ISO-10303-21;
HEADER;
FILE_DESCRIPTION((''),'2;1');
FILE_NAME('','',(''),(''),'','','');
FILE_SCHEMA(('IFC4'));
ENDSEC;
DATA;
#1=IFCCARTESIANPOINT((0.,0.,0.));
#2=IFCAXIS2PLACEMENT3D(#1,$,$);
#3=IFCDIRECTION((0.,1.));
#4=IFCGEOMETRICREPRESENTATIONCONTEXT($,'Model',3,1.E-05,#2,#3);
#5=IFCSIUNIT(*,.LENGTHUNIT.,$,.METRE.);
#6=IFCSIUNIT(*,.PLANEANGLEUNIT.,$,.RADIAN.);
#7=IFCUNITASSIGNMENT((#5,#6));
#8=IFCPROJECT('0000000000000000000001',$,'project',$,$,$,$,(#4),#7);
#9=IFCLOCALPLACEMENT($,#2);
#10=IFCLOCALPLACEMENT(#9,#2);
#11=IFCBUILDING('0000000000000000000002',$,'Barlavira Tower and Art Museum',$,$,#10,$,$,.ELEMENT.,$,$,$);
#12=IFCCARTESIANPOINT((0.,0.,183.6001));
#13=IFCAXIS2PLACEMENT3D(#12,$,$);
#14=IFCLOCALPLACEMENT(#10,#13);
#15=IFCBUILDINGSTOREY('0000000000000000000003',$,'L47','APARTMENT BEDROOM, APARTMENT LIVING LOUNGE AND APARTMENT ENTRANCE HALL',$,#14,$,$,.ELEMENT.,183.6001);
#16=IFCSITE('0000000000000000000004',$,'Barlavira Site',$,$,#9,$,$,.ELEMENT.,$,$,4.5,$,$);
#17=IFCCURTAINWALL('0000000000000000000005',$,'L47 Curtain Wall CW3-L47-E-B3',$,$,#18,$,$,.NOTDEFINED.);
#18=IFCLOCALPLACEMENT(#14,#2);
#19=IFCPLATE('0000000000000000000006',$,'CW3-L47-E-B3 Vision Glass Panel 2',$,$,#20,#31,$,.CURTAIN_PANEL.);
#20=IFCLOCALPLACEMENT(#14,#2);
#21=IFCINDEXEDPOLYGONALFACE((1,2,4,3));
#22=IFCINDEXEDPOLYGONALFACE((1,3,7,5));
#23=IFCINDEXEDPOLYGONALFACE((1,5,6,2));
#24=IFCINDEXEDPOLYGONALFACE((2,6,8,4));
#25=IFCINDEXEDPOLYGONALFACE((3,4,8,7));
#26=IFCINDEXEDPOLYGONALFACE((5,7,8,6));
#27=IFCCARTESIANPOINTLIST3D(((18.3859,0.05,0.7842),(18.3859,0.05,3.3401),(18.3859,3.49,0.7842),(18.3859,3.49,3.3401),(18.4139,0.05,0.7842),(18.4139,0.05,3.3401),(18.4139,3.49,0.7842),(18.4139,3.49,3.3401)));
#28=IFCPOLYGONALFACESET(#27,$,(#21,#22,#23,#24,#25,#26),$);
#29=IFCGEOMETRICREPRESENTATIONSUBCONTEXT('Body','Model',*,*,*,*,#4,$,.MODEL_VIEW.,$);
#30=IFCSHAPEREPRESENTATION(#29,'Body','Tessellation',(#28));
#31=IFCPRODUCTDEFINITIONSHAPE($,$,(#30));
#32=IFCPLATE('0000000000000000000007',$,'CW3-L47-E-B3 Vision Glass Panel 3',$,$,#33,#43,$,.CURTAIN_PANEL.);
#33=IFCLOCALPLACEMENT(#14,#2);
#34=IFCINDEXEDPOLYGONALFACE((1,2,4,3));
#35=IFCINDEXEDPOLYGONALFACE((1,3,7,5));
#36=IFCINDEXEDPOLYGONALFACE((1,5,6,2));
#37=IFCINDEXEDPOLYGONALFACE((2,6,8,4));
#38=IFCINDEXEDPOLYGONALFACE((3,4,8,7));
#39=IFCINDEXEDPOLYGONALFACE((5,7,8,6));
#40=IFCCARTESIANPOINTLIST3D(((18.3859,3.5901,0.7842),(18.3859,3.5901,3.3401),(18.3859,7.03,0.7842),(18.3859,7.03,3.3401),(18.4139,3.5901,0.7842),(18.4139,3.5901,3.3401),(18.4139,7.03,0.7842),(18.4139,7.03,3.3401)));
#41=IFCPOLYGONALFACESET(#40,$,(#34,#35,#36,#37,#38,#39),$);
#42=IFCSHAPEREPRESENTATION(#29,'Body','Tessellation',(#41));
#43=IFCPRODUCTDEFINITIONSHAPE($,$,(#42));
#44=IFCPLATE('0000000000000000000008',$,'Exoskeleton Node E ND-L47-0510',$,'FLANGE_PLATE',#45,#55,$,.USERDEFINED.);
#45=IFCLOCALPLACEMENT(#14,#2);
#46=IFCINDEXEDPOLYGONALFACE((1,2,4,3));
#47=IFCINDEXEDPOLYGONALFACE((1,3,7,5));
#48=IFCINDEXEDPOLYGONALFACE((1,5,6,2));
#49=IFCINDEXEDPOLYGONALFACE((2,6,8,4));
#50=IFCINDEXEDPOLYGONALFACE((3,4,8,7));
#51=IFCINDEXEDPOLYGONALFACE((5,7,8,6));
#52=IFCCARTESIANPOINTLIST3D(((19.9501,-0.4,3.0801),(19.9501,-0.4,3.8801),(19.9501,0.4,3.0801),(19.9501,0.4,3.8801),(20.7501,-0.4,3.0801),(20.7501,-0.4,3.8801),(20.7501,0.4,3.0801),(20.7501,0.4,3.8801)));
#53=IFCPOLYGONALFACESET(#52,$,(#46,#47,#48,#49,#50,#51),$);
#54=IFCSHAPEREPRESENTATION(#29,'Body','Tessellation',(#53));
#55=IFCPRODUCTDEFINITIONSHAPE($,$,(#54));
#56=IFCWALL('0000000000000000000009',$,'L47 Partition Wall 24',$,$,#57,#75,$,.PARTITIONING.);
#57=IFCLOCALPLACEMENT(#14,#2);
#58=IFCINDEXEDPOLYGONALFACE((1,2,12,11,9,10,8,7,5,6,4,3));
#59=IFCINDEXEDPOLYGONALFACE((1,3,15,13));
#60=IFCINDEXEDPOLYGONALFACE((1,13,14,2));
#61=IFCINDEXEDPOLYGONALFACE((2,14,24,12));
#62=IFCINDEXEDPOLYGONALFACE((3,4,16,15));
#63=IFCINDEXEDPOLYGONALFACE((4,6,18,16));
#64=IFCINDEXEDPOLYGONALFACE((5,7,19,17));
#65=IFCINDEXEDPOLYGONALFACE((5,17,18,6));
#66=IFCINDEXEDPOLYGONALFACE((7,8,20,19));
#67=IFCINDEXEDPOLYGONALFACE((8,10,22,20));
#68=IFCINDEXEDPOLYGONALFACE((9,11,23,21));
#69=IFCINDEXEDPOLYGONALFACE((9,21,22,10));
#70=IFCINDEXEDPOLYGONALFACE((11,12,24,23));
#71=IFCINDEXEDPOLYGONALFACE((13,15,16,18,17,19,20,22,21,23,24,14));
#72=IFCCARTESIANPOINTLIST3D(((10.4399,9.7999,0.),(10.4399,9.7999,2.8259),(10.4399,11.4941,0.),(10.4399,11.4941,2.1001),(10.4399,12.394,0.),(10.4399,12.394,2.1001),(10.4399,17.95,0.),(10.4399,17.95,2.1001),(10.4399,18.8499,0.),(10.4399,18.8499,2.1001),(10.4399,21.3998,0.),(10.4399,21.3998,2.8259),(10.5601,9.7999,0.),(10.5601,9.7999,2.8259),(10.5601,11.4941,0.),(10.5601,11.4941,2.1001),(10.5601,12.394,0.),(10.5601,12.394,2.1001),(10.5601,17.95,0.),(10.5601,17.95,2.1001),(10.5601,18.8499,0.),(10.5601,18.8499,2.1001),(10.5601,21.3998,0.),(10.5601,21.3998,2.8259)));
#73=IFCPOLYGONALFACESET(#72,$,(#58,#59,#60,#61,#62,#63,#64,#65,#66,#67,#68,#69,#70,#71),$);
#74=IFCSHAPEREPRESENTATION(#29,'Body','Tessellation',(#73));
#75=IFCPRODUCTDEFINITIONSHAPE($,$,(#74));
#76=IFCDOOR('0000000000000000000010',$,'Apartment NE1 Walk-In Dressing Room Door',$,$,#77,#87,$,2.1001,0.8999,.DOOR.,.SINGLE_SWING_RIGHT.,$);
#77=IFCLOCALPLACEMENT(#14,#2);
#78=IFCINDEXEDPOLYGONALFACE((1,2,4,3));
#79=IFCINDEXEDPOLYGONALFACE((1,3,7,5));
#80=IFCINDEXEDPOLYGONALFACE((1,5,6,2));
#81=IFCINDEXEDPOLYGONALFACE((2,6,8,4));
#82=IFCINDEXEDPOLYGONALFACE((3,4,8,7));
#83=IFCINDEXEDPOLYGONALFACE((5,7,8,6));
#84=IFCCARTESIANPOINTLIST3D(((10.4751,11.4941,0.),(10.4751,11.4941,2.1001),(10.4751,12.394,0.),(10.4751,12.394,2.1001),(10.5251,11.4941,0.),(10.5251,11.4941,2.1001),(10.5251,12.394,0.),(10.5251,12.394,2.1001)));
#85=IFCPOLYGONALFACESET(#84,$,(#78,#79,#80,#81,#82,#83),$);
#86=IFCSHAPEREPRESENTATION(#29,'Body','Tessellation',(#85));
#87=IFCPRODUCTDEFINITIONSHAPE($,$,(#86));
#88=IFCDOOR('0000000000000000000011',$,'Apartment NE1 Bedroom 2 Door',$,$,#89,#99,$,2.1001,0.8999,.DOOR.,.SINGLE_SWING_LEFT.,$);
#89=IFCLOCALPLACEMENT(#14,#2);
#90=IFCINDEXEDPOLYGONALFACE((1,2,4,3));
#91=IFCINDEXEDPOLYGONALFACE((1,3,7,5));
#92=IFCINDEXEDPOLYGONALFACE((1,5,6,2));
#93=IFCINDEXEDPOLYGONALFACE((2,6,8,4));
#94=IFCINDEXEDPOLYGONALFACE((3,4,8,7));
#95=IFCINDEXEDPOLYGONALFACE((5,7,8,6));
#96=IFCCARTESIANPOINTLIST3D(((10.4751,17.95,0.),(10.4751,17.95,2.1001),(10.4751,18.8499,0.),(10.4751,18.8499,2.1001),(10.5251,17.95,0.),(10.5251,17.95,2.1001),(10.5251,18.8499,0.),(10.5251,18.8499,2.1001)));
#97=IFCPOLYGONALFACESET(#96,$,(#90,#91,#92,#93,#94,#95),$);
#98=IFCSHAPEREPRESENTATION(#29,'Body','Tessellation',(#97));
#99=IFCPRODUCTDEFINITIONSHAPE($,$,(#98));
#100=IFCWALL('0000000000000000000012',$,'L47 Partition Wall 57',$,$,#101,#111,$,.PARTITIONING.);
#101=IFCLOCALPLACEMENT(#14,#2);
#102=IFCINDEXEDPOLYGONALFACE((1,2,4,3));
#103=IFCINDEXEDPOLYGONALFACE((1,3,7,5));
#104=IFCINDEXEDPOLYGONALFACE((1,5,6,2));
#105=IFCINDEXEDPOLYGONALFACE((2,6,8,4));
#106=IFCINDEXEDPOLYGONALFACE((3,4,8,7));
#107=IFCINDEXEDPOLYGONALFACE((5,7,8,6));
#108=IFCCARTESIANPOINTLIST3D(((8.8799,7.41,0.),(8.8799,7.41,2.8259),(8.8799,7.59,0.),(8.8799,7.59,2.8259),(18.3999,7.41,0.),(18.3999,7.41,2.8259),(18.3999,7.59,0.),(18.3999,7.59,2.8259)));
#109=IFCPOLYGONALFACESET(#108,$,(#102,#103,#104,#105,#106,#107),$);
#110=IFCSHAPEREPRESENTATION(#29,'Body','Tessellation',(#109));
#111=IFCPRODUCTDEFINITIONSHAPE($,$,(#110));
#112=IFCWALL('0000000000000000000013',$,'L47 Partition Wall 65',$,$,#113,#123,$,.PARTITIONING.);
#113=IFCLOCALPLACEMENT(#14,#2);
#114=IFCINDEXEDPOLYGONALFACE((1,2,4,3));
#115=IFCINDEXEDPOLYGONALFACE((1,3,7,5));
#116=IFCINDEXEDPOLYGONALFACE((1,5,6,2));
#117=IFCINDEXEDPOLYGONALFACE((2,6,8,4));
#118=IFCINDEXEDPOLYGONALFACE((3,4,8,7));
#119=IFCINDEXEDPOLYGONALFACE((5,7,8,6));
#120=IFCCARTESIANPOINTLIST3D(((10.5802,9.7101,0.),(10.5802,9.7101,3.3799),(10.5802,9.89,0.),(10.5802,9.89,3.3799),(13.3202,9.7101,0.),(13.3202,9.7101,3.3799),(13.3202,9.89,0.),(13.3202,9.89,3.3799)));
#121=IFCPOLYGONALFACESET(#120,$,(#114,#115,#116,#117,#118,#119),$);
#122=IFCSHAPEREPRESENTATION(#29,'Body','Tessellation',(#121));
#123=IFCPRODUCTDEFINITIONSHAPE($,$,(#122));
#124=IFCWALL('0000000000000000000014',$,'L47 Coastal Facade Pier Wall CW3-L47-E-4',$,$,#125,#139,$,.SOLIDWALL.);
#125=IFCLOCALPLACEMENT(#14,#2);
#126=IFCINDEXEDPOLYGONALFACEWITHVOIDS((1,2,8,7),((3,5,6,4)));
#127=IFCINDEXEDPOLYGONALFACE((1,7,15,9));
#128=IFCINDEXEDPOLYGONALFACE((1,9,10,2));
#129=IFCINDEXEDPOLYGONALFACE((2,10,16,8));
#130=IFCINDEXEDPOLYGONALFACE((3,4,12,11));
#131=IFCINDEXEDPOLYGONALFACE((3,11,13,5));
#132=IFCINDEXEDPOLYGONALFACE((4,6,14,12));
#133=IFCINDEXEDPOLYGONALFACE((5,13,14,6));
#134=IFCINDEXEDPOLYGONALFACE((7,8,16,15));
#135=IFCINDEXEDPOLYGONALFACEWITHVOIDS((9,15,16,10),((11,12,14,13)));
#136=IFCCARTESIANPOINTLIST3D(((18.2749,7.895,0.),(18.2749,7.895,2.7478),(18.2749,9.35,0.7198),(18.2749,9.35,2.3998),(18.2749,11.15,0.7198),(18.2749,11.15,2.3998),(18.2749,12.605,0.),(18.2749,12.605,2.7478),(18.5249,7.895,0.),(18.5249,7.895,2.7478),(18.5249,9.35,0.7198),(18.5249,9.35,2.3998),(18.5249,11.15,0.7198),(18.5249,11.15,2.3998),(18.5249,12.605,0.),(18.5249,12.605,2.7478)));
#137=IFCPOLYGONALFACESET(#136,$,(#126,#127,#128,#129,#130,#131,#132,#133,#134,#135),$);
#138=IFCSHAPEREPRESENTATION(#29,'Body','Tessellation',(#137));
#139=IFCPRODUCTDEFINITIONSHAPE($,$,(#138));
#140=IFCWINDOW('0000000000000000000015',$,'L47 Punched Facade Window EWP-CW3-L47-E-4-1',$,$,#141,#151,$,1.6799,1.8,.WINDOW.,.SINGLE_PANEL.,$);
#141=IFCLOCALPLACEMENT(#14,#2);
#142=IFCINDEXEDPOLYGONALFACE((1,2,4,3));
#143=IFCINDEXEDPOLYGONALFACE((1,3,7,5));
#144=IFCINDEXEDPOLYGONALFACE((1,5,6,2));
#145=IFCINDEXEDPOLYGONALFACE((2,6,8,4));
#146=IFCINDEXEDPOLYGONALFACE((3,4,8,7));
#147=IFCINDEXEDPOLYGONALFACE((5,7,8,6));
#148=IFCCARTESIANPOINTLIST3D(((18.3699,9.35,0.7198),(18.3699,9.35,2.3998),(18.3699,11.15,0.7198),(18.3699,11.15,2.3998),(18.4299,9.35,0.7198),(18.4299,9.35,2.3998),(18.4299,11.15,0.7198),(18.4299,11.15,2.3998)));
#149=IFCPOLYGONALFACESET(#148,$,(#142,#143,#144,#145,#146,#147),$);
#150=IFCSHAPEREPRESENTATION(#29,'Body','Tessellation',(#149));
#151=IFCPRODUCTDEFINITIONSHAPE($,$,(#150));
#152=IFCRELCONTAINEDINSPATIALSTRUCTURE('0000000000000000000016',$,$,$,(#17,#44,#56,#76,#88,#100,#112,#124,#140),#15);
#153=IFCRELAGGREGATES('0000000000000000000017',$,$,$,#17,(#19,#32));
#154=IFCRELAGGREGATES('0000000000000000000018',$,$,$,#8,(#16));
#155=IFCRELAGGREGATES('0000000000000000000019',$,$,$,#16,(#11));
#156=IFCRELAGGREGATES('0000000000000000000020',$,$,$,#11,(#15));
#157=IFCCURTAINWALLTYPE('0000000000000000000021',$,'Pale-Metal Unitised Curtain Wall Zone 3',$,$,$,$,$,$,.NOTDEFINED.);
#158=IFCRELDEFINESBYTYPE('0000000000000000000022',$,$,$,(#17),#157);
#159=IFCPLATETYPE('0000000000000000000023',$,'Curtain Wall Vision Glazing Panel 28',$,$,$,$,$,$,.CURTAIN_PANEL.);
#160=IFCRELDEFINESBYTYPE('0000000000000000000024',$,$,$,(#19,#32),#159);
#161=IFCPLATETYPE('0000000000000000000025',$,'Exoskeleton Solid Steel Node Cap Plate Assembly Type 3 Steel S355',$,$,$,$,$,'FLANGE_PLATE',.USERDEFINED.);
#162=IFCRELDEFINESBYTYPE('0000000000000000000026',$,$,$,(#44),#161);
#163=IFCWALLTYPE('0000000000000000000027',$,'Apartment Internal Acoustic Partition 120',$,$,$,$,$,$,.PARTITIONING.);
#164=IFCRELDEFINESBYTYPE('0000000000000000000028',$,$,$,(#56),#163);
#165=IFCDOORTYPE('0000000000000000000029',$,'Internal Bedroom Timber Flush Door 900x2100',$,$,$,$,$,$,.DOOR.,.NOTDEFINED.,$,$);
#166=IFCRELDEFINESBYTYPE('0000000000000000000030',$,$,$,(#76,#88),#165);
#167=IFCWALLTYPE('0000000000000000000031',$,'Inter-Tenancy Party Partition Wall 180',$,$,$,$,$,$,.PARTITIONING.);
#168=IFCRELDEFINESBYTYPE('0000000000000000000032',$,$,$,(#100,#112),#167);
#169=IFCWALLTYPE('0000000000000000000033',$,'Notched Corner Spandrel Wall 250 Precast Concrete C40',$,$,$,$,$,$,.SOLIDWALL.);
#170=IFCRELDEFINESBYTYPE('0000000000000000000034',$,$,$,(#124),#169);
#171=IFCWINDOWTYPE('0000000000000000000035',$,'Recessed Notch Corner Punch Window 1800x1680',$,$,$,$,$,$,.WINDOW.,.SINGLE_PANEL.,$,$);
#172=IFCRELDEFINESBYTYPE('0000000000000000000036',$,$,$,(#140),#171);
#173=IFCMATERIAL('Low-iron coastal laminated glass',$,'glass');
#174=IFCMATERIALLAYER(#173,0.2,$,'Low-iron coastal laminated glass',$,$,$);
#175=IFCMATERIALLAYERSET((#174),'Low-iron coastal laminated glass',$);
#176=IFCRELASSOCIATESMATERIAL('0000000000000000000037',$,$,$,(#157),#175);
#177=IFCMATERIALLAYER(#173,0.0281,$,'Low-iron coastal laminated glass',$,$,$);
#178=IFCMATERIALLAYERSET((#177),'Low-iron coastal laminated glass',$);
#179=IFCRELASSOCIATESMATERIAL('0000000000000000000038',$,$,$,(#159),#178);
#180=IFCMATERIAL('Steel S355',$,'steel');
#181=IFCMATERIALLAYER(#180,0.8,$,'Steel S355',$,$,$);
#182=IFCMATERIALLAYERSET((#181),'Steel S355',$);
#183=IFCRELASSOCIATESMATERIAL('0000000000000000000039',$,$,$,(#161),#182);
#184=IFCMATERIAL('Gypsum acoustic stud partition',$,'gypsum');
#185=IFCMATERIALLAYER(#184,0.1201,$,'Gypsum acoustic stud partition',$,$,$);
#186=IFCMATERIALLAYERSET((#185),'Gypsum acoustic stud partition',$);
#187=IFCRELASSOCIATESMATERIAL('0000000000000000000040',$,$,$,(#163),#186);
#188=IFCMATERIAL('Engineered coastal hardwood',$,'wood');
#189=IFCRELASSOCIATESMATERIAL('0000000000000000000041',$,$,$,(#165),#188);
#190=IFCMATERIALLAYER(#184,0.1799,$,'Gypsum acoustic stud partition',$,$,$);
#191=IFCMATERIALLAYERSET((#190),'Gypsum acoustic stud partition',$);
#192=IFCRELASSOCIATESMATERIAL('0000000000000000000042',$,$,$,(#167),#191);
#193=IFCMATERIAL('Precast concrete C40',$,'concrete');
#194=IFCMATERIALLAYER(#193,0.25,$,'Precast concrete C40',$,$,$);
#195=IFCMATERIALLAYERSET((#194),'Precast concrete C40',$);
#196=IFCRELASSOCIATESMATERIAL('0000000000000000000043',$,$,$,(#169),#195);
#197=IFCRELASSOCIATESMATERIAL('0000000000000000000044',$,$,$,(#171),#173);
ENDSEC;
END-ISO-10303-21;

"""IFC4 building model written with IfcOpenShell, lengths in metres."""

from ifc_helpers import new_model, si_unit, direction, frame, frame_2d, origin, origin_2d, place, context, subcontext, project, spatial, rectangle, extrude, material, layer, layer_set, type_object, element, fill, aggregate, save


model = new_model("IFC4")

# Units and contexts
model_context = context("Model", 3, precision=1e-05, world=origin(), true_north=direction((0.0, 1.0)))
body_context = subcontext(model_context, "Body", "Model", "MODEL_VIEW")
ifc_project = project(units=[si_unit("LENGTHUNIT", "METRE"), si_unit("PLANEANGLEUNIT", "RADIAN")], contexts=[model_context])

# Site, building, storey
site_placement = place(None, origin())
site = spatial("IfcSite", under=ifc_project, at=site_placement, Name="Barlavira Site", CompositionType="ELEMENT", RefElevation=4.5)
building_placement = place(site_placement, origin())
building = spatial("IfcBuilding", under=site, at=building_placement, Name="Barlavira Tower and Art Museum", CompositionType="ELEMENT")
storey_placement = place(building_placement, frame((0.0, 0.0, 183.6001)))
storey = spatial("IfcBuildingStorey", under=building, at=storey_placement, Name="L47", Description="APARTMENT BEDROOM, APARTMENT LIVING LOUNGE AND APARTMENT ENTRANCE HALL", CompositionType="ELEMENT", Elevation=183.6001)

# Curtain wall
ifc_material_1 = material(Name="Low-iron coastal laminated glass", Category="glass")
ifc_layer_1 = layer(ifc_material_1, 0.2, Name="Low-iron coastal laminated glass")
ifc_layer_set_1 = layer_set([ifc_layer_1], Name="Low-iron coastal laminated glass")
curtain_wall_type = type_object("IfcCurtainWallType", Name="Pale-Metal Unitised Curtain Wall Zone 3", PredefinedType="NOTDEFINED", material=ifc_layer_set_1)
curtain_wall_placement = place(storey_placement, origin())
curtain_wall = element("IfcCurtainWall", 1, at=curtain_wall_placement, inside=storey, type_object=curtain_wall_type, Name="L47 Curtain Wall CW3-L47-E-B3", PredefinedType="NOTDEFINED")

# Shared definitions
ifc_material_2 = material(Name="Steel S355", Category="steel")

# Plates
ifc_layer_2 = layer(ifc_material_1, 0.0281, Name="Low-iron coastal laminated glass")
ifc_layer_set_2 = layer_set([ifc_layer_2], Name="Low-iron coastal laminated glass")
plate_type_1 = type_object("IfcPlateType", Name="Curtain Wall Vision Glazing Panel 28", PredefinedType="CURTAIN_PANEL", material=ifc_layer_set_2)
plate_1_placement = place(storey_placement, frame((18.3999, 1.77, 0.7842), z_axis=(0.0, 0.0, 1.0), x_axis=(0.0, 1.0, 0.0)))
plate_1 = element("IfcPlate", 2, at=plate_1_placement, type_object=plate_type_1, Name="CW3-L47-E-B3 Vision Glass Panel 2", PredefinedType="CURTAIN_PANEL", context=body_context, shape_type="SweptSolid", body=[
    extrude(rectangle(XDim=3.4399, YDim=0.0281, at=origin_2d()), origin(), (0.0, 0.0, 1.0), 2.5559),
])
plate_2_placement = place(storey_placement, frame((18.3999, 5.3101, 0.7842), z_axis=(0.0, 0.0, 1.0), x_axis=(0.0, 1.0, 0.0)))
plate_2 = element("IfcPlate", 3, at=plate_2_placement, type_object=plate_type_1, Name="CW3-L47-E-B3 Vision Glass Panel 3", PredefinedType="CURTAIN_PANEL", context=body_context, shape_type="SweptSolid", body=[
    extrude(rectangle(XDim=3.4399, YDim=0.0281, at=origin_2d()), origin(), (0.0, 0.0, 1.0), 2.5559),
])
aggregate(curtain_wall, [plate_1, plate_2])
ifc_layer_3 = layer(ifc_material_2, 0.8, Name="Steel S355")
ifc_layer_set_3 = layer_set([ifc_layer_3], Name="Steel S355")
plate_type_2 = type_object("IfcPlateType", Name="Exoskeleton Solid Steel Node Cap Plate Assembly Type 3 Steel S355", ElementType="FLANGE_PLATE", PredefinedType="USERDEFINED", material=ifc_layer_set_3)
plate_3_placement = place(storey_placement, frame((20.3501, 0.0, 3.0801), z_axis=(0.0, 0.0, 1.0), x_axis=(1.0, 0.0, 0.0)))
element("IfcPlate", 4, at=plate_3_placement, inside=storey, type_object=plate_type_2, Name="Exoskeleton Node E ND-L47-0510", ObjectType="FLANGE_PLATE", PredefinedType="USERDEFINED", context=body_context, shape_type="SweptSolid", body=[
    extrude(rectangle(XDim=0.8, YDim=0.8, at=origin_2d()), origin(), (0.0, 0.0, 1.0), 0.8),
])

# Wall, openings, doors
ifc_material_3 = material(Name="Gypsum acoustic stud partition", Category="gypsum")
ifc_layer_4 = layer(ifc_material_3, 0.1201, Name="Gypsum acoustic stud partition")
ifc_layer_set_4 = layer_set([ifc_layer_4], Name="Gypsum acoustic stud partition")
wall_type_1 = type_object("IfcWallType", Name="Apartment Internal Acoustic Partition 120", PredefinedType="PARTITIONING", material=ifc_layer_set_4)
wall_1_placement = place(storey_placement, frame((10.5, 9.8, 0.0), z_axis=(0.0, 0.0, 1.0), x_axis=(0.0, 1.0, 0.0)))
wall_1 = element("IfcWall", 5, at=wall_1_placement, inside=storey, type_object=wall_type_1, Name="L47 Partition Wall 24", PredefinedType="PARTITIONING", context=body_context, shape_type="SweptSolid", body=[
    extrude(rectangle(XDim=11.5999, YDim=0.1201, at=frame_2d((5.7998, 0.0))), origin(), (0.0, 0.0, 1.0), 2.8259),
])
opening_1_placement = place(wall_1_placement, frame((1.6941, 0.0, 0.0)))
opening_1 = element("IfcOpeningElement", 6, at=opening_1_placement, cuts=wall_1, PredefinedType="OPENING", context=body_context, shape_type="SweptSolid", body=[
    extrude(rectangle(XDim=0.8999, YDim=2.1001, at=frame_2d((0.45, 1.05))), frame((0.0, 0.0701, 0.0), z_axis=(0.0, -1.0, 0.0), x_axis=(1.0, 0.0, 0.0)), (0.0, 0.0, 1.0), 0.1401),
])
opening_2_placement = place(wall_1_placement, frame((8.1499, 0.0, 0.0)))
opening_2 = element("IfcOpeningElement", 7, at=opening_2_placement, cuts=wall_1, PredefinedType="OPENING", context=body_context, shape_type="SweptSolid", body=[
    extrude(rectangle(XDim=0.8999, YDim=2.1001, at=frame_2d((0.45, 1.05))), frame((0.0, 0.0701, 0.0), z_axis=(0.0, -1.0, 0.0), x_axis=(1.0, 0.0, 0.0)), (0.0, 0.0, 1.0), 0.1401),
])
ifc_material_4 = material(Name="Engineered coastal hardwood", Category="wood")
door_type = type_object("IfcDoorType", Name="Internal Bedroom Timber Flush Door 900x2100", OperationType="NOTDEFINED", PredefinedType="DOOR", material=ifc_material_4)
door_1_placement = place(opening_1_placement, origin())
door_1 = element("IfcDoor", 8, at=door_1_placement, inside=storey, type_object=door_type, Name="Apartment NE1 Walk-In Dressing Room Door", OperationType="SINGLE_SWING_RIGHT", OverallHeight=2.1001, OverallWidth=0.8999, PredefinedType="DOOR", context=body_context, shape_type="SweptSolid", body=[
    extrude(rectangle(XDim=0.8999, YDim=2.1001, at=frame_2d((0.45, 1.05))), frame((0.0, 0.0249, 0.0), z_axis=(0.0, -1.0, 0.0), x_axis=(1.0, 0.0, 0.0)), (0.0, 0.0, 1.0), 0.05),
])
fill(opening_1, door_1)
door_2_placement = place(opening_2_placement, origin())
door_2 = element("IfcDoor", 9, at=door_2_placement, inside=storey, type_object=door_type, Name="Apartment NE1 Bedroom 2 Door", OperationType="SINGLE_SWING_LEFT", OverallHeight=2.1001, OverallWidth=0.8999, PredefinedType="DOOR", context=body_context, shape_type="SweptSolid", body=[
    extrude(rectangle(XDim=0.8999, YDim=2.1001, at=frame_2d((0.45, 1.05))), frame((0.0, 0.0249, 0.0), z_axis=(0.0, -1.0, 0.0), x_axis=(1.0, 0.0, 0.0)), (0.0, 0.0, 1.0), 0.05),
])
fill(opening_2, door_2)

# Walls
ifc_layer_5 = layer(ifc_material_3, 0.1799, Name="Gypsum acoustic stud partition")
ifc_layer_set_5 = layer_set([ifc_layer_5], Name="Gypsum acoustic stud partition")
wall_type_2 = type_object("IfcWallType", Name="Inter-Tenancy Party Partition Wall 180", PredefinedType="PARTITIONING", material=ifc_layer_set_5)
wall_2_placement = place(storey_placement, frame((8.8799, 7.5, 0.0), z_axis=(0.0, 0.0, 1.0), x_axis=(1.0, 0.0, 0.0)))
element("IfcWall", 10, at=wall_2_placement, inside=storey, type_object=wall_type_2, Name="L47 Partition Wall 57", PredefinedType="PARTITIONING", context=body_context, shape_type="SweptSolid", body=[
    extrude(rectangle(XDim=9.52, YDim=0.1799, at=frame_2d((4.76, 0.0))), origin(), (0.0, 0.0, 1.0), 2.8259),
])
wall_3_placement = place(storey_placement, frame((10.5801, 9.8, 0.0), z_axis=(0.0, 0.0, 1.0), x_axis=(1.0, 0.0, 0.0)))
element("IfcWall", 11, at=wall_3_placement, inside=storey, type_object=wall_type_2, Name="L47 Partition Wall 65", PredefinedType="PARTITIONING", context=body_context, shape_type="SweptSolid", body=[
    extrude(rectangle(XDim=2.74, YDim=0.1799, at=frame_2d((1.3701, 0.0))), origin(), (0.0, 0.0, 1.0), 3.3799),
])

# Wall, opening, window
ifc_material_5 = material(Name="Precast concrete C40", Category="concrete")
ifc_layer_6 = layer(ifc_material_5, 0.25, Name="Precast concrete C40")
ifc_layer_set_6 = layer_set([ifc_layer_6], Name="Precast concrete C40")
wall_type_3 = type_object("IfcWallType", Name="Notched Corner Spandrel Wall 250 Precast Concrete C40", PredefinedType="SOLIDWALL", material=ifc_layer_set_6)
wall_4_placement = place(storey_placement, frame((18.3999, 7.895, 0.0), z_axis=(0.0, 0.0, 1.0), x_axis=(0.0, 1.0, 0.0)))
wall_4 = element("IfcWall", 12, at=wall_4_placement, inside=storey, type_object=wall_type_3, Name="L47 Coastal Facade Pier Wall CW3-L47-E-4", PredefinedType="SOLIDWALL", context=body_context, shape_type="SweptSolid", body=[
    extrude(rectangle(XDim=4.71, YDim=0.25, at=frame_2d((2.355, 0.0))), origin(), (0.0, 0.0, 1.0), 2.7478),
])
opening_3_placement = place(wall_4_placement, frame((1.4551, 0.0, 0.72)))
opening_3 = element("IfcOpeningElement", 13, at=opening_3_placement, cuts=wall_4, PredefinedType="OPENING", context=body_context, shape_type="SweptSolid", body=[
    extrude(rectangle(XDim=1.8, YDim=1.6799, at=frame_2d((0.8999, 0.8398))), frame((0.0, 0.135, 0.0), z_axis=(0.0, -1.0, 0.0), x_axis=(1.0, 0.0, 0.0)), (0.0, 0.0, 1.0), 0.27),
])
window_type = type_object("IfcWindowType", Name="Recessed Notch Corner Punch Window 1800x1680", PartitioningType="SINGLE_PANEL", PredefinedType="WINDOW", material=ifc_material_1)
window_placement = place(opening_3_placement, origin())
window = element("IfcWindow", 14, at=window_placement, inside=storey, type_object=window_type, Name="L47 Punched Facade Window EWP-CW3-L47-E-4-1", OverallHeight=1.6799, OverallWidth=1.8, PartitioningType="SINGLE_PANEL", PredefinedType="WINDOW", context=body_context, shape_type="SweptSolid", body=[
    extrude(rectangle(XDim=1.8, YDim=1.6799, at=frame_2d((0.8999, 0.8398))), frame((0.0, 0.03, 0.0), z_axis=(0.0, -1.0, 0.0), x_axis=(1.0, 0.0, 0.0)), (0.0, 0.0, 1.0), 0.0601),
])
fill(opening_3, window)

save(model, "model.ifc")
